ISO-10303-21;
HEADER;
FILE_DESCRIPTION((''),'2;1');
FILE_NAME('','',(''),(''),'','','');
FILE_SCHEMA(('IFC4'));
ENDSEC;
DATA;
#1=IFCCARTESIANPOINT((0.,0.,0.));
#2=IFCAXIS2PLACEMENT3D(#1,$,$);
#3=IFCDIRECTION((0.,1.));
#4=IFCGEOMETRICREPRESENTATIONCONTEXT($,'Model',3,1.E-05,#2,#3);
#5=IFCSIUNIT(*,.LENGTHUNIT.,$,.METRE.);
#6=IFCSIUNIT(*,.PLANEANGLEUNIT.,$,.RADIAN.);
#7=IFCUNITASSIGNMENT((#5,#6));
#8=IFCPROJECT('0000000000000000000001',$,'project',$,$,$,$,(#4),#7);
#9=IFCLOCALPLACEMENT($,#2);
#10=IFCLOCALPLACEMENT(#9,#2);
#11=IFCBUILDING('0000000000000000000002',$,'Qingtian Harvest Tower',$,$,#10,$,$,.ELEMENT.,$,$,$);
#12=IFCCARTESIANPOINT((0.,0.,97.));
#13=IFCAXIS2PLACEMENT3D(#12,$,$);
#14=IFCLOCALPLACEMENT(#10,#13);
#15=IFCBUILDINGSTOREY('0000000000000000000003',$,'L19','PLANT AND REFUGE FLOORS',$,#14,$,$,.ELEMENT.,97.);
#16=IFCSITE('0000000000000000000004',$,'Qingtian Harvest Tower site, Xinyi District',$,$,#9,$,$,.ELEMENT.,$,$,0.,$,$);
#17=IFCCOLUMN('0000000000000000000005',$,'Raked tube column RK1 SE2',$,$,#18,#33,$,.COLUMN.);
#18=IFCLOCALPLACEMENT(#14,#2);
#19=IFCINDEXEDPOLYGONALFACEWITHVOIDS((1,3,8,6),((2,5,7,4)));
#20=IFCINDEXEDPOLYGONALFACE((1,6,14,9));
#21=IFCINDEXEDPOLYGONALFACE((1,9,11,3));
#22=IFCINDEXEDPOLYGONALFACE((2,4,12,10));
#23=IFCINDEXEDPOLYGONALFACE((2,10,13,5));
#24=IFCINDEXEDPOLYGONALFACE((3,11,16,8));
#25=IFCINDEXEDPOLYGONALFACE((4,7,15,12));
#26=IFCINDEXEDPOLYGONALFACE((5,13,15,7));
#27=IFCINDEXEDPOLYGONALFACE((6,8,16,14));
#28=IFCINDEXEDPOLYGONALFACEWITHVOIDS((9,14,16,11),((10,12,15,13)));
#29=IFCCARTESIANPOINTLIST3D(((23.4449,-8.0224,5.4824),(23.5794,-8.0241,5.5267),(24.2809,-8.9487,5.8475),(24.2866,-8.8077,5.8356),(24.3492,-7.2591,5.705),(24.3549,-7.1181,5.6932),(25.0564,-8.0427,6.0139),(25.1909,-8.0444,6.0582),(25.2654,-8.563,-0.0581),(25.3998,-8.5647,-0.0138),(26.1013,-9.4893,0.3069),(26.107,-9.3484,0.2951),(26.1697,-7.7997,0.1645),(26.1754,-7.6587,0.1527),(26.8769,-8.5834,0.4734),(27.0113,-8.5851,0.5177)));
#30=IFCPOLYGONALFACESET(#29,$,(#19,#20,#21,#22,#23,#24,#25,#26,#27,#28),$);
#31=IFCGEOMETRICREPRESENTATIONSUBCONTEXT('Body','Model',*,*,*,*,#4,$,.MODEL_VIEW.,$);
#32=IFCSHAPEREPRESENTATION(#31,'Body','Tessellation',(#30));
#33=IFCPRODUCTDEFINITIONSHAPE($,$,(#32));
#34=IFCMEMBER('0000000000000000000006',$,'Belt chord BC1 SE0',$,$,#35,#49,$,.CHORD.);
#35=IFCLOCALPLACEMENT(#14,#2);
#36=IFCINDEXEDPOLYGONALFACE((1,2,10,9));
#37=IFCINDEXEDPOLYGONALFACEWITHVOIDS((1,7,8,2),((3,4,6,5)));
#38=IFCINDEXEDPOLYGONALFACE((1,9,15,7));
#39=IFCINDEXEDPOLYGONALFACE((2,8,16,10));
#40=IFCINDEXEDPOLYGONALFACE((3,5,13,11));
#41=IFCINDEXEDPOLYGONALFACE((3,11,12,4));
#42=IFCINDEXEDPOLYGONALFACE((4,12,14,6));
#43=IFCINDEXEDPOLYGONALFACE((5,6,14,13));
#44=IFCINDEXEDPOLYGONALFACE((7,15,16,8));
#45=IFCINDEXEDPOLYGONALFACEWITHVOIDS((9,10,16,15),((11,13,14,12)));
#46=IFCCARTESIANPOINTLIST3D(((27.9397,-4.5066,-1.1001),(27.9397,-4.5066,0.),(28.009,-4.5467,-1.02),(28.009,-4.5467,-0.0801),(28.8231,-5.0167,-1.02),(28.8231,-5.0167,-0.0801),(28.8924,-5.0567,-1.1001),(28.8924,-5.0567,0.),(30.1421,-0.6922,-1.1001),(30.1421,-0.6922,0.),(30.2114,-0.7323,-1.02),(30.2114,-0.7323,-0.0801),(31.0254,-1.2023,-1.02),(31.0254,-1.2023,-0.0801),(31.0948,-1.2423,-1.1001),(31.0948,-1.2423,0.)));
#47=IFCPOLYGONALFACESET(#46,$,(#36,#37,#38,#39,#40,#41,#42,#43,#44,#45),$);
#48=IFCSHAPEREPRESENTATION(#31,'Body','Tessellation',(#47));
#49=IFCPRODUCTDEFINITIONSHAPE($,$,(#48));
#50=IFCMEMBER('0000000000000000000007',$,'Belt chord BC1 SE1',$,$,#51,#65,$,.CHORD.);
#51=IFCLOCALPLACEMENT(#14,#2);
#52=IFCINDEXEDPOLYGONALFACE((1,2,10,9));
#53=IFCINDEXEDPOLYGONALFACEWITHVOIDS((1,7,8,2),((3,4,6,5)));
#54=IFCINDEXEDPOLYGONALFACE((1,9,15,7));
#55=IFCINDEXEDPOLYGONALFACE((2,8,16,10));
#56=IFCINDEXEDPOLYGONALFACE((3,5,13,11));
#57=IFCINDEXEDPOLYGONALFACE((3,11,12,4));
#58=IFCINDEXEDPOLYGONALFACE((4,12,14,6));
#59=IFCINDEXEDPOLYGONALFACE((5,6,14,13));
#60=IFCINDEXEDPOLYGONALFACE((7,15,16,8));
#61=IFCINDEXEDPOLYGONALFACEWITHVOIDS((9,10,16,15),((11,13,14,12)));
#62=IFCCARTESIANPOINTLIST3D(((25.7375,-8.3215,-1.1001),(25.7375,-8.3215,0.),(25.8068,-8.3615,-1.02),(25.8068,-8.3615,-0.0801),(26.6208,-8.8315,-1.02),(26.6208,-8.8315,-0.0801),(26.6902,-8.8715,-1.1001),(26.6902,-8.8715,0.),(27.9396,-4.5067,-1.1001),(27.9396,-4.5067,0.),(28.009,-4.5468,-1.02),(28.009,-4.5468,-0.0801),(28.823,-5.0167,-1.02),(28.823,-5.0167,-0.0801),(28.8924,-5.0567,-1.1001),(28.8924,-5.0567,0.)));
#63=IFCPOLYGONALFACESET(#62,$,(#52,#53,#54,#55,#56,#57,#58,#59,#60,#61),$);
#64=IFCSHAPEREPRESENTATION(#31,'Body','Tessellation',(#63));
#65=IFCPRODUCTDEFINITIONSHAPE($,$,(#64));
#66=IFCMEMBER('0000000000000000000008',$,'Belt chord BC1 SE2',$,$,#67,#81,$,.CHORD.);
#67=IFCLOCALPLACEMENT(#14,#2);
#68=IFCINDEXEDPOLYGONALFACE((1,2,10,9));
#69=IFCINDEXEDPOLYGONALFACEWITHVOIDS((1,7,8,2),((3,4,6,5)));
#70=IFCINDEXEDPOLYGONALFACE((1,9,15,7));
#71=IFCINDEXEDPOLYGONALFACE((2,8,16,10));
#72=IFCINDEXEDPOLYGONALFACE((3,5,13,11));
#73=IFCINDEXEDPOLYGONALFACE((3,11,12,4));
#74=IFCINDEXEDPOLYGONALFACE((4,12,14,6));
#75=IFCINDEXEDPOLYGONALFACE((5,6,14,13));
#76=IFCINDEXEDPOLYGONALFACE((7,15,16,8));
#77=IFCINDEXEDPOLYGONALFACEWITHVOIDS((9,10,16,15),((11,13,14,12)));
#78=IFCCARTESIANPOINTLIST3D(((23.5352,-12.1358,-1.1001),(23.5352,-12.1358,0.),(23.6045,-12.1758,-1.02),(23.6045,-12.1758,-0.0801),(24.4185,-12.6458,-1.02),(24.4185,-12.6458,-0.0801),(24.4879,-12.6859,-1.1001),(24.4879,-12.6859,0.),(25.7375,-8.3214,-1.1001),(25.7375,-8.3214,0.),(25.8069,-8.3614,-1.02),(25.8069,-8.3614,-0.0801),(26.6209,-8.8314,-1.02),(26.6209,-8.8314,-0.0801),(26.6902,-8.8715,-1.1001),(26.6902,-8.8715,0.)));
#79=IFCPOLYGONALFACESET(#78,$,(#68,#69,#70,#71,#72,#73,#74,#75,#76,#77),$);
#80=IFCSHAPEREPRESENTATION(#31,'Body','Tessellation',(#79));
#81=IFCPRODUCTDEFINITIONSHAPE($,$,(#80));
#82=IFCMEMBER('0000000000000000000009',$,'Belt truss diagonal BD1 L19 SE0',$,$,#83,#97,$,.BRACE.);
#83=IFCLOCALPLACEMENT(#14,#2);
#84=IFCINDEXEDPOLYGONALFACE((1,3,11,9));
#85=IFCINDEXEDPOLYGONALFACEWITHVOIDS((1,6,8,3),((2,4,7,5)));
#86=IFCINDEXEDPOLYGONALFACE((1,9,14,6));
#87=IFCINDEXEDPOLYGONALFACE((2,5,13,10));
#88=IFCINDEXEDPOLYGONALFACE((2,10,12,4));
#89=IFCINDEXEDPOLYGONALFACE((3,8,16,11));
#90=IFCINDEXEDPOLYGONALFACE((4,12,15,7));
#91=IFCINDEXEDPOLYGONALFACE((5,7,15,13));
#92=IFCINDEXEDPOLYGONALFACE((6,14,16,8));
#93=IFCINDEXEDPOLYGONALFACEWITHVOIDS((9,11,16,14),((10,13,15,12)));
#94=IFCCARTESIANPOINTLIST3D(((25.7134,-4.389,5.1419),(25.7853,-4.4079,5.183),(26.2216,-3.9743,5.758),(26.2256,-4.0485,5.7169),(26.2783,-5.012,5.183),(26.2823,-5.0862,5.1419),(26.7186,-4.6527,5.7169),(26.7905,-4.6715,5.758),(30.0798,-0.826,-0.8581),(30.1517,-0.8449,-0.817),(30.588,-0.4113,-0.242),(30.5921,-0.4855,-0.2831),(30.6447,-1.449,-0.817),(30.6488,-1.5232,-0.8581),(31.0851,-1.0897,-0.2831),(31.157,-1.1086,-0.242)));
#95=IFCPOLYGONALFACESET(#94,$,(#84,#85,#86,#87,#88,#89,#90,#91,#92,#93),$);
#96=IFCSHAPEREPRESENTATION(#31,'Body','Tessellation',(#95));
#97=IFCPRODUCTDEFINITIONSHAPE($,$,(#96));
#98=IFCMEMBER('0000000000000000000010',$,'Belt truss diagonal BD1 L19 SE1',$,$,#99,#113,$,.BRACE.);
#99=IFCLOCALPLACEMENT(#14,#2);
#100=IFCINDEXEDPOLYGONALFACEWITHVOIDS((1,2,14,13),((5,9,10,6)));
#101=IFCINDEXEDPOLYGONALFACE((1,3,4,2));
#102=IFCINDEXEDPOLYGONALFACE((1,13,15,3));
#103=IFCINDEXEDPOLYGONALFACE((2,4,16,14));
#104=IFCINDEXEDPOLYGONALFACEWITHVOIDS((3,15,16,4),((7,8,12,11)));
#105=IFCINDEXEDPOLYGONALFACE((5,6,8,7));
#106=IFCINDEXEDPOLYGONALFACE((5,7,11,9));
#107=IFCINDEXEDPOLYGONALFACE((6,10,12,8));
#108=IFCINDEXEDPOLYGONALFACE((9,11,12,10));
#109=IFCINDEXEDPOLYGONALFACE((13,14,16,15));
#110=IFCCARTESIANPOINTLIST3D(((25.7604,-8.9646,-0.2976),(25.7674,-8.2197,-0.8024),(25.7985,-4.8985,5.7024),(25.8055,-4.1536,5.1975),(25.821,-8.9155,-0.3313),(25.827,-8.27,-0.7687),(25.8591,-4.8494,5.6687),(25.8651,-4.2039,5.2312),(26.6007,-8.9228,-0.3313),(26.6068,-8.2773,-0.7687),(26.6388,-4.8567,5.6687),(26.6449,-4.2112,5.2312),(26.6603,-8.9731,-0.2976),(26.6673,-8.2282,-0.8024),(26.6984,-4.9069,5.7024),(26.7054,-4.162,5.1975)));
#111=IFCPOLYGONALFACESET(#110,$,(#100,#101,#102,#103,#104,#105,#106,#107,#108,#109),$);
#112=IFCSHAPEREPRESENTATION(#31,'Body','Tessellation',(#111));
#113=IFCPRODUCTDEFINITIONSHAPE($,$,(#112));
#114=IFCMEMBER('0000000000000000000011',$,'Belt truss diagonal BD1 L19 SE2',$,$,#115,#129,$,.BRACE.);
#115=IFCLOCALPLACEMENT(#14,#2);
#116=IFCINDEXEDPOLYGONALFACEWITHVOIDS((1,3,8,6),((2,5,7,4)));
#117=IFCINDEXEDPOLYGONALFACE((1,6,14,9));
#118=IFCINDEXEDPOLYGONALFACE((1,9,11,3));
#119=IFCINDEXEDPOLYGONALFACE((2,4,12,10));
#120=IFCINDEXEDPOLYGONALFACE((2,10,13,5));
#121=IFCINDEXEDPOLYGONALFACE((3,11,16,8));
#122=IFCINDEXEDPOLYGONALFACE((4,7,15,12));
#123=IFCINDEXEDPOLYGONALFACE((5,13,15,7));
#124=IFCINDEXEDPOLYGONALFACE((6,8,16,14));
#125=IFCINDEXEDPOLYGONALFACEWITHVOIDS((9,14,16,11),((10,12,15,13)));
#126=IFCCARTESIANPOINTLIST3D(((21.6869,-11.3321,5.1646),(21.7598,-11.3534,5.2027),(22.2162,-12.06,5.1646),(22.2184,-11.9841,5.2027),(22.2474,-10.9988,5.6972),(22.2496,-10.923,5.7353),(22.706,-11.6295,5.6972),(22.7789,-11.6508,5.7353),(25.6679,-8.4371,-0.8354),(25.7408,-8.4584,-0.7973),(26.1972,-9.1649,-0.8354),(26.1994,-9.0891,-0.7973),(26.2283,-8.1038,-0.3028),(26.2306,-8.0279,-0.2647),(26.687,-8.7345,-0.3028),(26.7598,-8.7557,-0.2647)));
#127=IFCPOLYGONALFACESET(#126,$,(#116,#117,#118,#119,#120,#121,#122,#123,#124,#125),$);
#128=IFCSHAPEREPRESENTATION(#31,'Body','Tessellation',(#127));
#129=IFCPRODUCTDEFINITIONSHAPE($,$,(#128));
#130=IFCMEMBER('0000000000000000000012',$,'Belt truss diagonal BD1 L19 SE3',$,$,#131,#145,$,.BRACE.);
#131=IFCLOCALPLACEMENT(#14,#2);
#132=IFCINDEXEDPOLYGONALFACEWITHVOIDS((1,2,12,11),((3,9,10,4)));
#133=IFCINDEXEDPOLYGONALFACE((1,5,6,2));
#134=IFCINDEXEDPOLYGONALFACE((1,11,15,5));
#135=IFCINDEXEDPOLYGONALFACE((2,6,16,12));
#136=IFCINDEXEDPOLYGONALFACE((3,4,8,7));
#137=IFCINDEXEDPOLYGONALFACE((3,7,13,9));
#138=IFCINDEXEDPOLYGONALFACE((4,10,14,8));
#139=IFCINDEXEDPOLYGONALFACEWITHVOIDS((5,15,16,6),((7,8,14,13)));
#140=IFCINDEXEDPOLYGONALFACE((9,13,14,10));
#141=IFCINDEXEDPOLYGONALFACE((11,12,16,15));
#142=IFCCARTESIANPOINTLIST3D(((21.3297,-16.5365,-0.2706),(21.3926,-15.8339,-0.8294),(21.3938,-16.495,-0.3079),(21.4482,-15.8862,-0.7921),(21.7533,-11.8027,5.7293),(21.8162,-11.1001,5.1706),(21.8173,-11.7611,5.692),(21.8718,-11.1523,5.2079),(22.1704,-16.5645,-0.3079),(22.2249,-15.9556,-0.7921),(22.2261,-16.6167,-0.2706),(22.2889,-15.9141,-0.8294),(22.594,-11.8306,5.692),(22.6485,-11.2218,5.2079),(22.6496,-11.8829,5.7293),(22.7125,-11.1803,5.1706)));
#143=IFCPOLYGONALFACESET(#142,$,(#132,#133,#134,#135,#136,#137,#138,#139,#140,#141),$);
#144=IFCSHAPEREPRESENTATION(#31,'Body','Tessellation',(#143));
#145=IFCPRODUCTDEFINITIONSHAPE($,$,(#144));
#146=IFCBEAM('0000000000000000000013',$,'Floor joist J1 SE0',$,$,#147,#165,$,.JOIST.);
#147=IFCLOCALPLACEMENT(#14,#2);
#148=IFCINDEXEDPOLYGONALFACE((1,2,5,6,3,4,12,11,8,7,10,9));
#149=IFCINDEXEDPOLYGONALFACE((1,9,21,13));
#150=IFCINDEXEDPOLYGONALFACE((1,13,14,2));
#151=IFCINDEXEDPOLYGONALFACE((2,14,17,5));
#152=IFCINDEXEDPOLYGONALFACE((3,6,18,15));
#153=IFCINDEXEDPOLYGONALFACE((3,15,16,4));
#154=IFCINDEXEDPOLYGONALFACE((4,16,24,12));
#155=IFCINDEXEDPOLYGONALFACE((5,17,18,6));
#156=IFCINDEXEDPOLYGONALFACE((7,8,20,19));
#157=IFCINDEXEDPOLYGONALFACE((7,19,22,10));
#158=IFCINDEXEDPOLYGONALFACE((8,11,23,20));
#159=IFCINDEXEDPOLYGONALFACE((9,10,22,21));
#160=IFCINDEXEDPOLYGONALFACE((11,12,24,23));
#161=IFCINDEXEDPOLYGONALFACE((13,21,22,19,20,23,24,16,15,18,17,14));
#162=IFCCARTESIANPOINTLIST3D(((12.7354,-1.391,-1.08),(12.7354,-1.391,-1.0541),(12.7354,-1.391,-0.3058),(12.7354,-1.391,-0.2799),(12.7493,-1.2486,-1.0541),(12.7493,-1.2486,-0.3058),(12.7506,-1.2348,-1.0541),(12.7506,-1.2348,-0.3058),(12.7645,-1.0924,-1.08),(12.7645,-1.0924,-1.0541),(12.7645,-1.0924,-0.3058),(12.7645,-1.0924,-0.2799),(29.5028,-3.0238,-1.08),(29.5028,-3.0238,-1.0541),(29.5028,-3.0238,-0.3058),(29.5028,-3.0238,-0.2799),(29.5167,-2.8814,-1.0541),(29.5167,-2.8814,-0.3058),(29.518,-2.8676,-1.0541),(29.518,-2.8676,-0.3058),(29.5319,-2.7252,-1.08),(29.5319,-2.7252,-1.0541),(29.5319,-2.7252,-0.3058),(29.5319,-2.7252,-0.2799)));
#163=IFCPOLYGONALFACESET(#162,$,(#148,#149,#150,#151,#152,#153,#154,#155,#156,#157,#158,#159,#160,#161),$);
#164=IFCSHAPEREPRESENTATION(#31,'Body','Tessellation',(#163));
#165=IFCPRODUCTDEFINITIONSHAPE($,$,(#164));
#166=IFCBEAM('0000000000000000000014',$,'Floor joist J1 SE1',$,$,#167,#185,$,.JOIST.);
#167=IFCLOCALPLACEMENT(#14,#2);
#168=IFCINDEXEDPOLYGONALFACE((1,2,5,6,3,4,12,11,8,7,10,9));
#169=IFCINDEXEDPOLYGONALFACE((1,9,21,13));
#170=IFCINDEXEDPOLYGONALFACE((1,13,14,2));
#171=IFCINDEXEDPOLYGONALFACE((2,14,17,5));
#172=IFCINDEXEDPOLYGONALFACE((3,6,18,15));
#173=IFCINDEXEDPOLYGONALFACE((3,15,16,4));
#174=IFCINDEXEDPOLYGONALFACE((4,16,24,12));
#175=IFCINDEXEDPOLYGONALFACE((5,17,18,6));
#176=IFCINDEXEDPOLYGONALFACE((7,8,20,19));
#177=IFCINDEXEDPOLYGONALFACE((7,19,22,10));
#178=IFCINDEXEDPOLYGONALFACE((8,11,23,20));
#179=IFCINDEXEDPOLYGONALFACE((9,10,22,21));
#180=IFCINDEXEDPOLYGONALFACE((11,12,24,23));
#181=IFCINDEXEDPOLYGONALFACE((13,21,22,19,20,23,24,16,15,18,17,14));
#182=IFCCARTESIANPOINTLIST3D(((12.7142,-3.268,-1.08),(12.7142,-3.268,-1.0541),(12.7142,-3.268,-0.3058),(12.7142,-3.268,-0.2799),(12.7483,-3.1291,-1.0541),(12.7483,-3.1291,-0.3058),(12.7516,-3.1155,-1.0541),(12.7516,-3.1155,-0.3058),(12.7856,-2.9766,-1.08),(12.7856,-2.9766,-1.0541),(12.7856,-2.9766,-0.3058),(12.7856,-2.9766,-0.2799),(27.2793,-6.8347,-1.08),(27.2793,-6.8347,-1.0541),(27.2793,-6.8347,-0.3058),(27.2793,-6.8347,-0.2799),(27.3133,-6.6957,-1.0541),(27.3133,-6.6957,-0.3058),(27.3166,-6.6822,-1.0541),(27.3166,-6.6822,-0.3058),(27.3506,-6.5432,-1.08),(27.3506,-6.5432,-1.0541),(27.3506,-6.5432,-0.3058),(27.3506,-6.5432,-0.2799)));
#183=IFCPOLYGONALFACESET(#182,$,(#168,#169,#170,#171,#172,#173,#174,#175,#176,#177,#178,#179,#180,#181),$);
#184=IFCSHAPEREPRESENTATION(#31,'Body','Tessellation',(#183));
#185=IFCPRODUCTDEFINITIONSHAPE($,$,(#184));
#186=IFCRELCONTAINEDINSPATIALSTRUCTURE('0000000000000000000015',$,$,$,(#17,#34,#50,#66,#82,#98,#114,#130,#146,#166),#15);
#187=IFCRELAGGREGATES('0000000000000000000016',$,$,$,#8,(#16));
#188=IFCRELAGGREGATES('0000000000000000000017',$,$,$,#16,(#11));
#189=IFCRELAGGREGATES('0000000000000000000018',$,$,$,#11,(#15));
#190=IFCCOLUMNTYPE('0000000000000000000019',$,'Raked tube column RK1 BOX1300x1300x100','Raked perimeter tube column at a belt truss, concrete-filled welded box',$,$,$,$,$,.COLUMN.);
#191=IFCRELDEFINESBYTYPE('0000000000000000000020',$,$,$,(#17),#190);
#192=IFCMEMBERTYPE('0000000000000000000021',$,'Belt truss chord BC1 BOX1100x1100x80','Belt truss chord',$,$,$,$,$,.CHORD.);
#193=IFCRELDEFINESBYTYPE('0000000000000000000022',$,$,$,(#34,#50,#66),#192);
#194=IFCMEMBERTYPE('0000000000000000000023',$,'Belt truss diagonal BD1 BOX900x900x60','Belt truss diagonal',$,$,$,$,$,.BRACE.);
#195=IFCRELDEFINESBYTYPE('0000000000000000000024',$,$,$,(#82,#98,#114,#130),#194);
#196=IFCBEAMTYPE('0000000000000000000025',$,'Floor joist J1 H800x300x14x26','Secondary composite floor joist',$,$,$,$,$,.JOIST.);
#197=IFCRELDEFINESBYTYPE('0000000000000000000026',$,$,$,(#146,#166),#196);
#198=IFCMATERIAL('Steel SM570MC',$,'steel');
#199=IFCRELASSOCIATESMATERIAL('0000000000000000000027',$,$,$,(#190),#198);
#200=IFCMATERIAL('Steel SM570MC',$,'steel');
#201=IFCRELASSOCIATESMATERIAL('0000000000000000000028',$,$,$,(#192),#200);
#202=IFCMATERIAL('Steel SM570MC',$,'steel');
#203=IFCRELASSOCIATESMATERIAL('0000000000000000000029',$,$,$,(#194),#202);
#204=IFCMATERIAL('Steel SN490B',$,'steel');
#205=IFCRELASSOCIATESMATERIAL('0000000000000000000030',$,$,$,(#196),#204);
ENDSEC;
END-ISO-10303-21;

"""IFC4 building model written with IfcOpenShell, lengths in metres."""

from ifc_helpers import new_model, si_unit, direction, frame, origin, origin_2d, place, context, subcontext, project, spatial, hollow_rectangle, i_section, extrude, clip, halfspace, material, material_profile, profile_set, type_object, element, save


model = new_model("IFC4")

# Units and contexts
model_context = context("Model", 3, precision=1e-05, world=origin(), true_north=direction((0.0, 1.0)))
body_context = subcontext(model_context, "Body", "Model", "MODEL_VIEW")
ifc_project = project(units=[si_unit("LENGTHUNIT", "METRE"), si_unit("PLANEANGLEUNIT", "RADIAN")], contexts=[model_context])

# Site, building, storey
site_placement = place(None, origin())
site = spatial("IfcSite", under=ifc_project, at=site_placement, Name="Qingtian Harvest Tower site, Xinyi District", CompositionType="ELEMENT", RefElevation=0.0)
building_placement = place(site_placement, origin())
building = spatial("IfcBuilding", under=site, at=building_placement, Name="Qingtian Harvest Tower", CompositionType="ELEMENT")
storey_placement = place(building_placement, frame((0.0, 0.0, 97.0)))
storey = spatial("IfcBuildingStorey", under=building, at=storey_placement, Name="L19", Description="PLANT AND REFUGE FLOORS", CompositionType="ELEMENT", Elevation=97.0)

# Column
ifc_material_1 = material(Name="Steel SM570MC", Category="steel")
ifc_material_profile_1 = material_profile(ifc_material_1, hollow_rectangle(XDim=1.3, YDim=1.3, WallThickness=0.1001, at=origin_2d()), Name="BOX1300x1300x100")
ifc_profile_set_1 = profile_set([ifc_material_profile_1], Name="Steel SM570MC")
column_type = type_object("IfcColumnType", Name="Raked tube column RK1 BOX1300x1300x100", Description="Raked perimeter tube column at a belt truss, concrete-filled welded box", PredefinedType="COLUMN", material=ifc_profile_set_1)
column_1_placement = place(storey_placement, frame((26.2139, -8.5964, 0.0), z_axis=(-0.310822, 0.092303, 0.945976), x_axis=(0.643002, -0.712531, 0.280798)))
element("IfcColumn", 1, at=column_1_placement, inside=storey, type_object=column_type, Name="Raked tube column RK1 SE2", PredefinedType="COLUMN", context=body_context, shape_type="Clipping", body=[
    clip(clip(extrude(hollow_rectangle(XDim=1.3, YDim=1.3, WallThickness=0.1001, at=origin_2d()), origin(), (0.0, 0.0, 1.0), 6.3428), halfspace(frame((0.0, 0.0, 0.2429), z_axis=(0.0, 0.0, -1.0), x_axis=(0.0, -1.0, 0.0)), False)), halfspace(frame((0.0, 0.0, 6.0999), z_axis=(0.0, 0.0, 1.0), x_axis=(0.0, 1.0, 0.0)), False)),
])

# Members
ifc_material_2 = material(Name="Steel SM570MC", Category="steel")
ifc_material_profile_2 = material_profile(ifc_material_2, hollow_rectangle(XDim=1.1001, YDim=1.1001, WallThickness=0.0801, at=origin_2d()), Name="BOX1100x1100x80")
ifc_profile_set_2 = profile_set([ifc_material_profile_2], Name="Steel SM570MC")
member_type_1 = type_object("IfcMemberType", Name="Belt truss chord BC1 BOX1100x1100x80", Description="Belt truss chord", PredefinedType="CHORD", material=ifc_profile_set_2)
member_1_placement = place(storey_placement, frame((30.6184, -0.9673, -0.55), z_axis=(-0.50002, -0.866014, 0.0), x_axis=(0.866014, -0.50002, 0.0)))
element("IfcMember", 2, at=member_1_placement, inside=storey, type_object=member_type_1, Name="Belt chord BC1 SE0", PredefinedType="CHORD", context=body_context, shape_type="SweptSolid", body=[
    extrude(hollow_rectangle(XDim=1.1001, YDim=1.1001, WallThickness=0.0801, at=origin_2d()), origin(), (0.0, 0.0, 1.0), 4.4045),
])
member_2_placement = place(storey_placement, frame((28.416, -4.7817, -0.55), z_axis=(-0.499954, -0.866052, 0.0), x_axis=(0.866052, -0.499954, 0.0)))
element("IfcMember", 3, at=member_2_placement, inside=storey, type_object=member_type_1, Name="Belt chord BC1 SE1", PredefinedType="CHORD", context=body_context, shape_type="SweptSolid", body=[
    extrude(hollow_rectangle(XDim=1.1001, YDim=1.1001, WallThickness=0.0801, at=origin_2d()), origin(), (0.0, 0.0, 1.0), 4.4048),
])
member_3_placement = place(storey_placement, frame((26.2139, -8.5964, -0.55), z_axis=(-0.50002, -0.866014, 0.0), x_axis=(0.866014, -0.50002, 0.0)))
element("IfcMember", 4, at=member_3_placement, inside=storey, type_object=member_type_1, Name="Belt chord BC1 SE2", PredefinedType="CHORD", context=body_context, shape_type="SweptSolid", body=[
    extrude(hollow_rectangle(XDim=1.1001, YDim=1.1001, WallThickness=0.0801, at=origin_2d()), origin(), (0.0, 0.0, 1.0), 4.4045),
])
ifc_material_3 = material(Name="Steel SM570MC", Category="steel")
ifc_material_profile_3 = material_profile(ifc_material_3, hollow_rectangle(XDim=0.8999, YDim=0.8999, WallThickness=0.0601, at=origin_2d()), Name="BOX900x900x60")
ifc_profile_set_3 = profile_set([ifc_material_profile_3], Name="Steel SM570MC")
member_type_2 = type_object("IfcMemberType", Name="Belt truss diagonal BD1 BOX900x900x60", Description="Belt truss diagonal", PredefinedType="BRACE", material=ifc_profile_set_3)
member_4_placement = place(storey_placement, frame((30.6184, -0.9673, -0.55), z_axis=(-0.530444, -0.432838, 0.72889), x_axis=(0.63222, -0.774789, 0.0)))
element("IfcMember", 5, at=member_4_placement, inside=storey, type_object=member_type_2, Name="Belt truss diagonal BD1 L19 SE0", PredefinedType="BRACE", context=body_context, shape_type="SweptSolid", body=[
    extrude(hollow_rectangle(XDim=0.8999, YDim=0.8999, WallThickness=0.0601, at=origin_2d()), origin(), (0.0, 0.0, 1.0), 8.2317),
])
member_5_placement = place(storey_placement, frame((26.252, -4.5303, 5.45), z_axis=(-0.005255, -0.560996, -0.827802), x_axis=(0.999956, -0.009366, 0.0)))
element("IfcMember", 6, at=member_5_placement, inside=storey, type_object=member_type_2, Name="Belt truss diagonal BD1 L19 SE1", PredefinedType="BRACE", context=body_context, shape_type="SweptSolid", body=[
    extrude(hollow_rectangle(XDim=0.8999, YDim=0.8999, WallThickness=0.0601, at=origin_2d()), origin(), (0.0, 0.0, 1.0), 7.248),
])
member_6_placement = place(storey_placement, frame((26.2139, -8.5964, -0.55), z_axis=(-0.512961, -0.373034, 0.773122), x_axis=(0.588142, -0.808758, 0.0)))
element("IfcMember", 7, at=member_6_placement, inside=storey, type_object=member_type_2, Name="Belt truss diagonal BD1 L19 SE2", PredefinedType="BRACE", context=body_context, shape_type="SweptSolid", body=[
    extrude(hollow_rectangle(XDim=0.8999, YDim=0.8999, WallThickness=0.0601, at=origin_2d()), origin(), (0.0, 0.0, 1.0), 7.7607),
])
member_7_placement = place(storey_placement, frame((22.2329, -11.4915, 5.45), z_axis=(-0.055339, -0.618457, -0.783868), x_axis=(0.996021, -0.089123, 0.0)))
element("IfcMember", 8, at=member_7_placement, inside=storey, type_object=member_type_2, Name="Belt truss diagonal BD1 L19 SE3", PredefinedType="BRACE", context=body_context, shape_type="SweptSolid", body=[
    extrude(hollow_rectangle(XDim=0.8999, YDim=0.8999, WallThickness=0.0601, at=origin_2d()), origin(), (0.0, 0.0, 1.0), 7.6543),
])

# Beams
ifc_material_4 = material(Name="Steel SN490B", Category="steel")
ifc_material_profile_4 = material_profile(ifc_material_4, i_section(OverallWidth=0.3, OverallDepth=0.8, WebThickness=0.0139, FlangeThickness=0.0259, at=origin_2d()), Name="H800x300x14x26")
ifc_profile_set_4 = profile_set([ifc_material_profile_4], Name="Steel SN490B")
beam_type_1 = type_object("IfcBeamType", Name="Floor joist J1 H800x300x14x26", Description="Secondary composite floor joist", PredefinedType="JOIST", material=ifc_profile_set_4)
beam_1_placement = place(storey_placement, frame((29.5173, -2.8745, -0.6799), z_axis=(-0.995292, 0.096922, 0.0), x_axis=(-0.096922, -0.995292, 0.0)))
element("IfcBeam", 9, at=beam_1_placement, inside=storey, type_object=beam_type_1, Name="Floor joist J1 SE0", PredefinedType="JOIST", context=body_context, shape_type="SweptSolid", body=[
    extrude(i_section(OverallWidth=0.3, OverallDepth=0.8, WebThickness=0.0139, FlangeThickness=0.0259, at=origin_2d()), origin(), (0.0, 0.0, 1.0), 16.8467),
])
beam_2_placement = place(storey_placement, frame((27.3149, -6.689, -0.6799), z_axis=(-0.971302, 0.237851, 0.0), x_axis=(-0.237851, -0.971302, 0.0)))
element("IfcBeam", 10, at=beam_2_placement, inside=storey, type_object=beam_type_1, Name="Floor joist J1 SE1", PredefinedType="JOIST", context=body_context, shape_type="SweptSolid", body=[
    extrude(i_section(OverallWidth=0.3, OverallDepth=0.8, WebThickness=0.0139, FlangeThickness=0.0259, at=origin_2d()), origin(), (0.0, 0.0, 1.0), 14.9954),
])

save(model, "model.ifc")
